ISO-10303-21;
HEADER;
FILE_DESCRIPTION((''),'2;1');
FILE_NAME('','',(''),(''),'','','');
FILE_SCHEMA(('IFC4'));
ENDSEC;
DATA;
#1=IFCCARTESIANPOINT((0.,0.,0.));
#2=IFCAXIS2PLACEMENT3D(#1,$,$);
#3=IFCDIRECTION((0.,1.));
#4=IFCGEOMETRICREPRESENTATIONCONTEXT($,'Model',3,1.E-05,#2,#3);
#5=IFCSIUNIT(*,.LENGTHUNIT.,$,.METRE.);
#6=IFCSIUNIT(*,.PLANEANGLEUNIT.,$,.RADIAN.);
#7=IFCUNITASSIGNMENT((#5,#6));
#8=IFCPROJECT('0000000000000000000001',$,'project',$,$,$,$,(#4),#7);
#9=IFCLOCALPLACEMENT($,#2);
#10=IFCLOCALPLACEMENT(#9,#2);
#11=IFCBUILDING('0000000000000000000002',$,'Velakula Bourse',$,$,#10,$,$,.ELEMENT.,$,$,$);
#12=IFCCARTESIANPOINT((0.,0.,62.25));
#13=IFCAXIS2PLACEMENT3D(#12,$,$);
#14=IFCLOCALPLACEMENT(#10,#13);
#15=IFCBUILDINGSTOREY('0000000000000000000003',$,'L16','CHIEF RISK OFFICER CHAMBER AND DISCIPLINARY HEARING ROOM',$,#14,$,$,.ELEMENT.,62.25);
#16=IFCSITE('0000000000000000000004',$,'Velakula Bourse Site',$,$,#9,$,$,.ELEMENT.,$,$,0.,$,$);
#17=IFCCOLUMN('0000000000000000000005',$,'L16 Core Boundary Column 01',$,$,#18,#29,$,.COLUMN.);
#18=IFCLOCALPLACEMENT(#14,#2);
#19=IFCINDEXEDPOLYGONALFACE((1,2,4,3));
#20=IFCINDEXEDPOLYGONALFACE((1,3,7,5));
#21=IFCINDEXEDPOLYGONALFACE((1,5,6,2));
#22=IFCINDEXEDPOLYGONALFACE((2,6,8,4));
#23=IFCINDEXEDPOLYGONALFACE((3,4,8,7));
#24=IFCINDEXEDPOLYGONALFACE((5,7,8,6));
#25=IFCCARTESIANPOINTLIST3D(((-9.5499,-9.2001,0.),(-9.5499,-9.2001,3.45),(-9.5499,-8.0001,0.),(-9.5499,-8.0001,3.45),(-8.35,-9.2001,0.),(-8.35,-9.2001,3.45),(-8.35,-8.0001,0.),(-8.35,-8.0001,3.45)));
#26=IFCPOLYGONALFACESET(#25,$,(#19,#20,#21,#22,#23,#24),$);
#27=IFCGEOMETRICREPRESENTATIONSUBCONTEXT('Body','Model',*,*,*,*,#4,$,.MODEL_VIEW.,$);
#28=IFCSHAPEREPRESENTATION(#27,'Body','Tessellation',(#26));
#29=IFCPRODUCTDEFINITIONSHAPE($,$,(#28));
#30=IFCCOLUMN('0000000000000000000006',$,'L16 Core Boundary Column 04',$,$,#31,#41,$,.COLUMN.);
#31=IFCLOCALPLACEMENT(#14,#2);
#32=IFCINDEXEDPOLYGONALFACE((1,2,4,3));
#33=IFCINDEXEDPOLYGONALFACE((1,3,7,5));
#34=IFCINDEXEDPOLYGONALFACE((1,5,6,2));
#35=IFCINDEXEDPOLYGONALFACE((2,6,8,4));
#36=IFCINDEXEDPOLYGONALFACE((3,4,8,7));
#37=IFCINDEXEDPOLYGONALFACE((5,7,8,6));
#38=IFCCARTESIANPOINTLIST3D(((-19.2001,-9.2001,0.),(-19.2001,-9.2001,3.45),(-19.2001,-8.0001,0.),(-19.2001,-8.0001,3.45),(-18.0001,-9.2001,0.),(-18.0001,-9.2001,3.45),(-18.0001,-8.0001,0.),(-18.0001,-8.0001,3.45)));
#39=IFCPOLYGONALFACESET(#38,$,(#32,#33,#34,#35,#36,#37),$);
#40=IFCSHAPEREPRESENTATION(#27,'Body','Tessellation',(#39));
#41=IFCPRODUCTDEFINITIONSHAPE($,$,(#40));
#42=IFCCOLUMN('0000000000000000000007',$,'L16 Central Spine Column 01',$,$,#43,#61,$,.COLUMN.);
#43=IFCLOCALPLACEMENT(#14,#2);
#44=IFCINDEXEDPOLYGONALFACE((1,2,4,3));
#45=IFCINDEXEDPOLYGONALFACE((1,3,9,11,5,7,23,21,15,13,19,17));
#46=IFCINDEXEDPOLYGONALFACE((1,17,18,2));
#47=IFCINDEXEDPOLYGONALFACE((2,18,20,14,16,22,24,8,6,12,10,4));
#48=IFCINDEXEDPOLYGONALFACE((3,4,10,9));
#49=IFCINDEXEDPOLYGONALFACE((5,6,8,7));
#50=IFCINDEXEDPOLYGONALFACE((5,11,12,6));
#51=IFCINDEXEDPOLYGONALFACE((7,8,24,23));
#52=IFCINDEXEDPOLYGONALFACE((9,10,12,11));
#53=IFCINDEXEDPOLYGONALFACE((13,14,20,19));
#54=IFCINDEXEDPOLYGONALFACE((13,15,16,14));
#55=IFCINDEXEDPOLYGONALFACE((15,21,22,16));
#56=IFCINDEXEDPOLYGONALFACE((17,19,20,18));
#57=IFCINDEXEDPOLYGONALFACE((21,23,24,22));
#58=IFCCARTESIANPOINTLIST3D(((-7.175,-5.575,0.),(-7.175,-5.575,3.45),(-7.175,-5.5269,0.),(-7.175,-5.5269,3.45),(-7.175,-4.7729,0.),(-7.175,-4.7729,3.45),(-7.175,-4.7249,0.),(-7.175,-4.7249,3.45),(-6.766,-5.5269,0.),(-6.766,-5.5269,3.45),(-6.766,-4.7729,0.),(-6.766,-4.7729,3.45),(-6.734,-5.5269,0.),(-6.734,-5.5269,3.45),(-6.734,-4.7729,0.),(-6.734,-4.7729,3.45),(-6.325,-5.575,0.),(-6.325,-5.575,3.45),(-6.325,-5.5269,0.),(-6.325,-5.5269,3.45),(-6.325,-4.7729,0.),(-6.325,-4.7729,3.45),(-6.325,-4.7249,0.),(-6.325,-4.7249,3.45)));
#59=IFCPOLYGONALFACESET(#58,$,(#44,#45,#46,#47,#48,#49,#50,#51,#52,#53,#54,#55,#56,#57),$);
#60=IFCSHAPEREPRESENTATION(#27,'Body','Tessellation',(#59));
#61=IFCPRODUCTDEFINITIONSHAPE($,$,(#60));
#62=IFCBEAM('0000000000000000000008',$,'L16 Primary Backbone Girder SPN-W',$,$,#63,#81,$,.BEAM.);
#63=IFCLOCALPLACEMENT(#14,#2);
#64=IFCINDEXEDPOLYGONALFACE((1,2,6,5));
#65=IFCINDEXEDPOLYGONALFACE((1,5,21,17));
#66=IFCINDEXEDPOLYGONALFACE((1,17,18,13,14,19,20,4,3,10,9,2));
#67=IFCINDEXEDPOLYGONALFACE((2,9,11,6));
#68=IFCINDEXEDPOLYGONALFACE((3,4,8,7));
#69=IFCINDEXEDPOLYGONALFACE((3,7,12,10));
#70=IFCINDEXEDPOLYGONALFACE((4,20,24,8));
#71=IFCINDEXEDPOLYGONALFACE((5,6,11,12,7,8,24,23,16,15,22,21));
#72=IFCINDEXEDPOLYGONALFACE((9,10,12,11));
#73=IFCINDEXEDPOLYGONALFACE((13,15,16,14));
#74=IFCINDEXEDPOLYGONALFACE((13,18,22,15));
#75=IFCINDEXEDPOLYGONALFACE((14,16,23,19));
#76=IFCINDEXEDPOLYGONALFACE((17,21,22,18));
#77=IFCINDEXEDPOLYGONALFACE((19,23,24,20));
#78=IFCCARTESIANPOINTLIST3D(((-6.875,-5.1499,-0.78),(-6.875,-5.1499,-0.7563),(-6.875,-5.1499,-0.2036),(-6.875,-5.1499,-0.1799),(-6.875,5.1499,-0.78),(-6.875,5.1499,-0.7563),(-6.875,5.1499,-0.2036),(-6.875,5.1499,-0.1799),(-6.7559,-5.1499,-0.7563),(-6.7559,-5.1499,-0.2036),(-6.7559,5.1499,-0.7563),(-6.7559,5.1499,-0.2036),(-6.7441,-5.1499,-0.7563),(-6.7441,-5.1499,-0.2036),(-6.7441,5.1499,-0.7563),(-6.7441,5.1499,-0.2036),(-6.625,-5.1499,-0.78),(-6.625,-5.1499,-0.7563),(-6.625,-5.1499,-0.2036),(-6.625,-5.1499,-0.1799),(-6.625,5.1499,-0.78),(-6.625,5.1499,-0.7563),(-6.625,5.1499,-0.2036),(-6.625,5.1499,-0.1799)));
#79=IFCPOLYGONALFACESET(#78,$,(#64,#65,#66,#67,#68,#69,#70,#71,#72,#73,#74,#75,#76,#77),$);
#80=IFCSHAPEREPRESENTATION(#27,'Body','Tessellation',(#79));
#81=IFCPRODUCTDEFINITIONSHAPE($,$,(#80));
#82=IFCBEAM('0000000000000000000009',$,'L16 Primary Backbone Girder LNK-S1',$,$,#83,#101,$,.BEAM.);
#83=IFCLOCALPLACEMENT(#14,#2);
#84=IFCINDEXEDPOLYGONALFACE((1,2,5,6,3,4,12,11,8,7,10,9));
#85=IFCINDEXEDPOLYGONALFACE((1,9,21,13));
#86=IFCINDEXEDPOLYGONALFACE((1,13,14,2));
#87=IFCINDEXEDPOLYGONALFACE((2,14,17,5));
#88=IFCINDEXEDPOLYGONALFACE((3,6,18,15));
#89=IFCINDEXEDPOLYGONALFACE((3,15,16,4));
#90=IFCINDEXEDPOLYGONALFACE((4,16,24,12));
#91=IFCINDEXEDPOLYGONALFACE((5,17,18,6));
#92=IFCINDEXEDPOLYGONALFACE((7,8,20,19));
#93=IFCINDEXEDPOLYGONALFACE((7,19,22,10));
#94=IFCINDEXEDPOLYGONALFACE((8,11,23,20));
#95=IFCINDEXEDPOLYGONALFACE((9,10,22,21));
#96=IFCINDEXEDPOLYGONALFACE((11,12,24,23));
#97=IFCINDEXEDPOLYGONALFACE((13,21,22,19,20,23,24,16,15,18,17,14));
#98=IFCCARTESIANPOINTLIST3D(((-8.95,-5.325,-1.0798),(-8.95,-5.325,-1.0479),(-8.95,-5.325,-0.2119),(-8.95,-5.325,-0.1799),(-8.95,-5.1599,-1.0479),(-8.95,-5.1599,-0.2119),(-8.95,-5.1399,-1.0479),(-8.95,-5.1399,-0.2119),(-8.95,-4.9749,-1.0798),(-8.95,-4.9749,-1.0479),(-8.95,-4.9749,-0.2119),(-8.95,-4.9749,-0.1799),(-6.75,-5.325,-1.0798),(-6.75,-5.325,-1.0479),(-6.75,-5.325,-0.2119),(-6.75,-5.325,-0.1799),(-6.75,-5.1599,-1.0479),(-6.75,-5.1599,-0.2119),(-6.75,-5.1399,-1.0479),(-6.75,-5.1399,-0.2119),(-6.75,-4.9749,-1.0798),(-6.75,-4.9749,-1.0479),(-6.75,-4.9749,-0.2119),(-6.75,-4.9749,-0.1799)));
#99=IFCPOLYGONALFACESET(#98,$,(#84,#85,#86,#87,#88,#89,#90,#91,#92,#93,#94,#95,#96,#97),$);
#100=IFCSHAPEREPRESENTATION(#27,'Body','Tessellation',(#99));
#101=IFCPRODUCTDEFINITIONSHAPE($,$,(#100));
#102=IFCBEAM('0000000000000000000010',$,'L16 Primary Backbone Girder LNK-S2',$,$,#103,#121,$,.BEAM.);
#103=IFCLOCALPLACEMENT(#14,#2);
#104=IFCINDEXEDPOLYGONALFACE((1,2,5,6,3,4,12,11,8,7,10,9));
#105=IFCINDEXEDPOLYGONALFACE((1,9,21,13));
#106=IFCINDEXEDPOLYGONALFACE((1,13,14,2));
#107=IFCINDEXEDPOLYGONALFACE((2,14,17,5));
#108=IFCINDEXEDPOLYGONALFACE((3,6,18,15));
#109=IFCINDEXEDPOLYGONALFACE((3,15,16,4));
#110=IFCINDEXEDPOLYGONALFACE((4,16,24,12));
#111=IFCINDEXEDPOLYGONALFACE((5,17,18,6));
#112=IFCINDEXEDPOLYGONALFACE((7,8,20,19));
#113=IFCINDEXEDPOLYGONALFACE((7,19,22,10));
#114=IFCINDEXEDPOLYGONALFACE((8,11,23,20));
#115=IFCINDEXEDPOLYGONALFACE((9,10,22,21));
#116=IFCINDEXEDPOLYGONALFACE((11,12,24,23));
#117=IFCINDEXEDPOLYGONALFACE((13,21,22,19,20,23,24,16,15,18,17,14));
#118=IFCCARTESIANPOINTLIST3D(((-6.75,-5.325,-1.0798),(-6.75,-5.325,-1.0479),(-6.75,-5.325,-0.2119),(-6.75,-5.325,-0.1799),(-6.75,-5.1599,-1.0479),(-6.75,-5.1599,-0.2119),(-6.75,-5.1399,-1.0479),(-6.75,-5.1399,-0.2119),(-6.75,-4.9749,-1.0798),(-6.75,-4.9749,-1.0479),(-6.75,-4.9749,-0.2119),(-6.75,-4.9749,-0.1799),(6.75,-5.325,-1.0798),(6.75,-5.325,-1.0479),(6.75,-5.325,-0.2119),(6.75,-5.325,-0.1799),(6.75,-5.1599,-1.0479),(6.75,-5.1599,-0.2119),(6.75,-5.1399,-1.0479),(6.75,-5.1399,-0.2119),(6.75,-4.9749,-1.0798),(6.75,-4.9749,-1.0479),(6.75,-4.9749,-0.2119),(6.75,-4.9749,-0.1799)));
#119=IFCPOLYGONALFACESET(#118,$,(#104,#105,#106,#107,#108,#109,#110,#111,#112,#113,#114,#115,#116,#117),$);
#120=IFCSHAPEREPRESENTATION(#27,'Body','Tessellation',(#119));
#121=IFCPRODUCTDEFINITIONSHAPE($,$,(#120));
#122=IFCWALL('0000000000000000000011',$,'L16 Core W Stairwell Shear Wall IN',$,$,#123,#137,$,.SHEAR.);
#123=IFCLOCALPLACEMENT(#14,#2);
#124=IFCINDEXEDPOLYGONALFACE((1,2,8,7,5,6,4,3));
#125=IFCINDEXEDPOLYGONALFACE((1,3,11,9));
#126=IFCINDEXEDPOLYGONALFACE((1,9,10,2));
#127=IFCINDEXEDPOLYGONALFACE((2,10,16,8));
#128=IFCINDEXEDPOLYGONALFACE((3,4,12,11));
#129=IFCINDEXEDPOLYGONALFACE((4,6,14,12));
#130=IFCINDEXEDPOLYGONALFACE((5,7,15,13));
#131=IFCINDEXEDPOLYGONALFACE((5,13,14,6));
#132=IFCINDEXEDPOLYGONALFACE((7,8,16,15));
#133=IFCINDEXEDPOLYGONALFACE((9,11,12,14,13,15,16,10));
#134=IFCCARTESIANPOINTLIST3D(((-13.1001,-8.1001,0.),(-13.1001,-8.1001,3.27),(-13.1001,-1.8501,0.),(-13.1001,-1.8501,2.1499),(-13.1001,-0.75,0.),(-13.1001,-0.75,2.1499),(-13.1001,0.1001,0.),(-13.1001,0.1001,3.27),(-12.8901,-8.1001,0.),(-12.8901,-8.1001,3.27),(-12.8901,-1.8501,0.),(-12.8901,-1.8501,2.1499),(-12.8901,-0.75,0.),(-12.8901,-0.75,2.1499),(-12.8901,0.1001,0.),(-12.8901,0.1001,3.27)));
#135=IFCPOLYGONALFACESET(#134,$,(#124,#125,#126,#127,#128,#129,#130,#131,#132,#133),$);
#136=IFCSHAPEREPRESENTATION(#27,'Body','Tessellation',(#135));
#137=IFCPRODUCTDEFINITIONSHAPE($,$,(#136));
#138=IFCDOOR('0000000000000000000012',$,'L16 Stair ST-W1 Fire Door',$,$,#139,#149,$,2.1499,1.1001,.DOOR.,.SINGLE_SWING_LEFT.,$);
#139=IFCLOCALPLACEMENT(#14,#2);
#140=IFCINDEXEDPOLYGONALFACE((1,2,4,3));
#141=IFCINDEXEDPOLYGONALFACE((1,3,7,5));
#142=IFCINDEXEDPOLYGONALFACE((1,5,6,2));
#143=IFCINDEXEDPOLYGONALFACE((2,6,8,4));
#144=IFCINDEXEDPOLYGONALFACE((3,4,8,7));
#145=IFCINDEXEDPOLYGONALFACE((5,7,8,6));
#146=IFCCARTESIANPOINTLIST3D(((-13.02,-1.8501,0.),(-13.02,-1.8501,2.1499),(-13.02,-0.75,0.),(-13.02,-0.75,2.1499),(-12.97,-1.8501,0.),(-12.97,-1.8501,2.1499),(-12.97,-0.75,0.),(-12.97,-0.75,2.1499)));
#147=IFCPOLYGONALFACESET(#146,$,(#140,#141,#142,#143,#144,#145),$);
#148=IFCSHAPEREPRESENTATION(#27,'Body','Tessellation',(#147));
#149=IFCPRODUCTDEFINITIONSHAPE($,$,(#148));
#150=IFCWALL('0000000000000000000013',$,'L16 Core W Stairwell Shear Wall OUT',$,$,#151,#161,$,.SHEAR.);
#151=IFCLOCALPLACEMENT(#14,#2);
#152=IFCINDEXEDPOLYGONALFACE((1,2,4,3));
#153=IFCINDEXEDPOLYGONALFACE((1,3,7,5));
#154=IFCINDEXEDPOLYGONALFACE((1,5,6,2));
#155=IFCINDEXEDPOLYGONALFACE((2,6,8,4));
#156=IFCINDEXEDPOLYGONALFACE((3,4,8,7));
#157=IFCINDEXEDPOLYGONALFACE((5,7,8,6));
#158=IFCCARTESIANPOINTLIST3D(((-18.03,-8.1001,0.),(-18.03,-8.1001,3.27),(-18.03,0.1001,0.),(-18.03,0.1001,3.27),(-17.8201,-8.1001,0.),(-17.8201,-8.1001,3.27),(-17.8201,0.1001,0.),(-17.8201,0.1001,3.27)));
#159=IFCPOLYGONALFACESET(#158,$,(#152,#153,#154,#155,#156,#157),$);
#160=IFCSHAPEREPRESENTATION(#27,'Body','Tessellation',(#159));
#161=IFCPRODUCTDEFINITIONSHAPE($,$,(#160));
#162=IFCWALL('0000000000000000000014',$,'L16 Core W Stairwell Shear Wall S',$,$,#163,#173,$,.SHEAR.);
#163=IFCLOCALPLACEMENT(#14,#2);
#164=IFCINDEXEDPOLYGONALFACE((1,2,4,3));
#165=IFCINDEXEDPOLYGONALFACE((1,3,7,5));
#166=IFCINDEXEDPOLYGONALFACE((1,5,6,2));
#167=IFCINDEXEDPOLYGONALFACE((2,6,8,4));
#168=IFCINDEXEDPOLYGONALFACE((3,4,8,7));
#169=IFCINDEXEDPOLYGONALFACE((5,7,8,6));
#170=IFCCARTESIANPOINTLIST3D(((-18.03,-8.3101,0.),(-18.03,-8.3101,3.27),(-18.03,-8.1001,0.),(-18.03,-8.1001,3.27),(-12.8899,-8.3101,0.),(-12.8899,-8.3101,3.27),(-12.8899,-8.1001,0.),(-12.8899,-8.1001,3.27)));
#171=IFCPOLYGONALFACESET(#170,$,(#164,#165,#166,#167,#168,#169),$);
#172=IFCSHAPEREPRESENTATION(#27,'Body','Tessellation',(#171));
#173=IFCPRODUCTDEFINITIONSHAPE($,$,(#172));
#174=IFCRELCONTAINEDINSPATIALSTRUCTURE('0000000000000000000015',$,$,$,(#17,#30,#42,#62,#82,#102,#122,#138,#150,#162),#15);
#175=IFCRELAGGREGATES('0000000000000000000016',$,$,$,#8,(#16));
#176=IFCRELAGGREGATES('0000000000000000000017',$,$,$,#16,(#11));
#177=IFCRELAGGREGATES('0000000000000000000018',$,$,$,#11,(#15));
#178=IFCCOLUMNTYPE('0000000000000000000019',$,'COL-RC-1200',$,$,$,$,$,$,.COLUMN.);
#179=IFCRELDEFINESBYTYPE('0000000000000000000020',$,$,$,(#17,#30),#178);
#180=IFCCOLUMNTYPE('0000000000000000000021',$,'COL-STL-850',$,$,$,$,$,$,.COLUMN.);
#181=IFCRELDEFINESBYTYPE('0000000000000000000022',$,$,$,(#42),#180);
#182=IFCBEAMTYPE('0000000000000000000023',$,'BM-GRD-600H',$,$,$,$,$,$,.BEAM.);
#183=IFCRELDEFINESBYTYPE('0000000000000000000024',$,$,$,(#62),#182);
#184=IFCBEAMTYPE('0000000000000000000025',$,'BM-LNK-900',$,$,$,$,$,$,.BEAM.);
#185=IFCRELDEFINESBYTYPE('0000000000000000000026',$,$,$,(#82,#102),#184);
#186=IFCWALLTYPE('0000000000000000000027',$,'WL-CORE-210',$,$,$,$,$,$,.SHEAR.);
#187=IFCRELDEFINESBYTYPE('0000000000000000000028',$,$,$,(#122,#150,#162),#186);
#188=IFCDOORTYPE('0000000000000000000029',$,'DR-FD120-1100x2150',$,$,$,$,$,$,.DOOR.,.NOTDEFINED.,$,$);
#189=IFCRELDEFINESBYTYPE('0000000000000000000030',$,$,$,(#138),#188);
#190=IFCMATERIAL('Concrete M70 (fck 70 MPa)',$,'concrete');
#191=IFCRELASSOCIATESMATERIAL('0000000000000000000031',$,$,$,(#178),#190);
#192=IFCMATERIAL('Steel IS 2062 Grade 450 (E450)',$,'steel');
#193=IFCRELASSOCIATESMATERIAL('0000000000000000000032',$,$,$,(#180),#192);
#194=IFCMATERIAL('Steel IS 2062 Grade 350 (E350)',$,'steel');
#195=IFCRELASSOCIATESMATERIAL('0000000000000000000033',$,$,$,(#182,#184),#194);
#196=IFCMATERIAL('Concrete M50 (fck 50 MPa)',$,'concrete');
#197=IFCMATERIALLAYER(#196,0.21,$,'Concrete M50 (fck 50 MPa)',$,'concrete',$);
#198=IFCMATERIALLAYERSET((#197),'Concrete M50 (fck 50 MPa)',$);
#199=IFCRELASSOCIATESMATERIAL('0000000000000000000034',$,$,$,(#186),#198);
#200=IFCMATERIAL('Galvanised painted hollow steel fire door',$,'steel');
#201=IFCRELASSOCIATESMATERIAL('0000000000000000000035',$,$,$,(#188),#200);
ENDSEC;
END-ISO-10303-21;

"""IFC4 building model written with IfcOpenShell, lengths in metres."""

from ifc_helpers import new_model, si_unit, direction, frame, frame_2d, origin, origin_2d, place, context, subcontext, project, spatial, rectangle, i_section, extrude, material, layer, layer_set, material_profile, profile_set, type_object, element, fill, save


model = new_model("IFC4")

# Units and contexts
model_context = context("Model", 3, precision=1e-05, world=origin(), true_north=direction((0.0, 1.0)))
body_context = subcontext(model_context, "Body", "Model", "MODEL_VIEW")
ifc_project = project(units=[si_unit("LENGTHUNIT", "METRE"), si_unit("PLANEANGLEUNIT", "RADIAN")], contexts=[model_context])

# Site, building, storey
site_placement = place(None, origin())
site = spatial("IfcSite", under=ifc_project, at=site_placement, Name="Velakula Bourse Site", CompositionType="ELEMENT", RefElevation=0.0)
building_placement = place(site_placement, origin())
building = spatial("IfcBuilding", under=site, at=building_placement, Name="Velakula Bourse", CompositionType="ELEMENT")
storey_placement = place(building_placement, frame((0.0, 0.0, 62.25)))
storey = spatial("IfcBuildingStorey", under=building, at=storey_placement, Name="L16", Description="CHIEF RISK OFFICER CHAMBER AND DISCIPLINARY HEARING ROOM", CompositionType="ELEMENT", Elevation=62.25)

# Columns
ifc_material_1 = material(Name="Concrete M70 (fck 70 MPa)", Category="concrete")
ifc_material_profile_1 = material_profile(ifc_material_1, rectangle(XDim=1.2, YDim=1.2, at=origin_2d()), Name="Concrete M70 (fck 70 MPa)")
ifc_profile_set_1 = profile_set([ifc_material_profile_1], Name="Concrete M70 (fck 70 MPa)")
column_type_1 = type_object("IfcColumnType", Name="COL-RC-1200", PredefinedType="COLUMN", material=ifc_profile_set_1)
for number, where, z_axis, x_axis, name in (
    (1, (-8.95, -8.6001, 0.0), (0.0, 0.0, 1.0), (1.0, 0.0, 0.0), "L16 Core Boundary Column 01"),
    (2, (-18.6001, -8.6001, 0.0), (0.0, 0.0, 1.0), (1.0, 0.0, 0.0), "L16 Core Boundary Column 04"),
):
    element("IfcColumn", number, at=place(storey_placement, frame(where, z_axis=z_axis, x_axis=x_axis)), inside=storey, type_object=column_type_1, Name=name, PredefinedType="COLUMN", context=body_context, shape_type="SweptSolid", body=[
        extrude(rectangle(XDim=1.2, YDim=1.2, at=origin_2d()), origin(), (0.0, 0.0, 1.0), 3.45),
    ])
ifc_material_2 = material(Name="Steel IS 2062 Grade 450 (E450)", Category="steel")
ifc_material_profile_2 = material_profile(ifc_material_2, i_section(OverallWidth=0.8501, OverallDepth=0.8501, WebThickness=0.032, FlangeThickness=0.0481, at=origin_2d()), Name="Steel IS 2062 Grade 450 (E450)")
ifc_profile_set_2 = profile_set([ifc_material_profile_2], Name="Steel IS 2062 Grade 450 (E450)")
column_type_2 = type_object("IfcColumnType", Name="COL-STL-850", PredefinedType="COLUMN", material=ifc_profile_set_2)
column_placement = place(storey_placement, frame((-6.75, -5.1499, 0.0), z_axis=(0.0, 0.0, 1.0), x_axis=(1.0, 0.0, 0.0)))
element("IfcColumn", 3, at=column_placement, inside=storey, type_object=column_type_2, Name="L16 Central Spine Column 01", PredefinedType="COLUMN", context=body_context, shape_type="SweptSolid", body=[
    extrude(i_section(OverallWidth=0.8501, OverallDepth=0.8501, WebThickness=0.032, FlangeThickness=0.0481, at=origin_2d()), origin(), (0.0, 0.0, 1.0), 3.45),
])

# Beams
ifc_material_3 = material(Name="Steel IS 2062 Grade 350 (E350)", Category="steel")
ifc_material_profile_3 = material_profile(ifc_material_3, i_section(OverallWidth=0.25, OverallDepth=0.6001, WebThickness=0.0117, FlangeThickness=0.0237, at=origin_2d()), Name="Steel IS 2062 Grade 350 (E350)")
ifc_profile_set_3 = profile_set([ifc_material_profile_3], Name="Steel IS 2062 Grade 350 (E350)")
beam_type_1 = type_object("IfcBeamType", Name="BM-GRD-600H", PredefinedType="BEAM", material=ifc_profile_set_3)
beam_1_placement = place(storey_placement, frame((-6.75, -5.1499, -0.48), z_axis=(0.0, 1.0, 0.0), x_axis=(-1.0, 0.0, 0.0)))
element("IfcBeam", 4, at=beam_1_placement, inside=storey, type_object=beam_type_1, Name="L16 Primary Backbone Girder SPN-W", PredefinedType="BEAM", context=body_context, shape_type="SweptSolid", body=[
    extrude(i_section(OverallWidth=0.25, OverallDepth=0.6001, WebThickness=0.0117, FlangeThickness=0.0237, at=origin_2d()), origin(), (0.0, 0.0, 1.0), 10.2998),
])
ifc_material_profile_4 = material_profile(ifc_material_3, i_section(OverallWidth=0.3501, OverallDepth=0.8999, WebThickness=0.02, FlangeThickness=0.032, at=origin_2d()), Name="Steel IS 2062 Grade 350 (E350)")
ifc_profile_set_4 = profile_set([ifc_material_profile_4], Name="Steel IS 2062 Grade 350 (E350)")
beam_type_2 = type_object("IfcBeamType", Name="BM-LNK-900", PredefinedType="BEAM", material=ifc_profile_set_4)
beam_2_placement = place(storey_placement, frame((-8.95, -5.1499, -0.6299), z_axis=(1.0, 0.0, 0.0), x_axis=(0.0, 1.0, 0.0)))
element("IfcBeam", 5, at=beam_2_placement, inside=storey, type_object=beam_type_2, Name="L16 Primary Backbone Girder LNK-S1", PredefinedType="BEAM", context=body_context, shape_type="SweptSolid", body=[
    extrude(i_section(OverallWidth=0.3501, OverallDepth=0.8999, WebThickness=0.02, FlangeThickness=0.032, at=origin_2d()), origin(), (0.0, 0.0, 1.0), 2.2),
])
beam_3_placement = place(storey_placement, frame((-6.75, -5.1499, -0.6299), z_axis=(1.0, 0.0, 0.0), x_axis=(0.0, 1.0, 0.0)))
element("IfcBeam", 6, at=beam_3_placement, inside=storey, type_object=beam_type_2, Name="L16 Primary Backbone Girder LNK-S2", PredefinedType="BEAM", context=body_context, shape_type="SweptSolid", body=[
    extrude(i_section(OverallWidth=0.3501, OverallDepth=0.8999, WebThickness=0.02, FlangeThickness=0.032, at=origin_2d()), origin(), (0.0, 0.0, 1.0), 13.5),
])

# Wall, opening, door
ifc_material_4 = material(Name="Concrete M50 (fck 50 MPa)", Category="concrete")
ifc_layer_1 = layer(ifc_material_4, 0.21, Name="Concrete M50 (fck 50 MPa)", Category="concrete")
ifc_layer_set_1 = layer_set([ifc_layer_1], Name="Concrete M50 (fck 50 MPa)")
wall_type_1 = type_object("IfcWallType", Name="WL-CORE-210", PredefinedType="SHEAR", material=ifc_layer_set_1)
wall_1_placement = place(storey_placement, frame((-12.9951, -8.1001, 0.0), z_axis=(0.0, 0.0, 1.0), x_axis=(0.0, 1.0, 0.0)))
wall_1 = element("IfcWall", 7, at=wall_1_placement, inside=storey, type_object=wall_type_1, Name="L16 Core W Stairwell Shear Wall IN", PredefinedType="SHEAR", context=body_context, shape_type="SweptSolid", body=[
    extrude(rectangle(XDim=8.2002, YDim=0.21, at=frame_2d((4.1001, 0.0))), origin(), (0.0, 0.0, 1.0), 3.27),
])
opening_1_placement = place(wall_1_placement, frame((6.25, 0.0, 0.0)))
opening_1 = element("IfcOpeningElement", 8, at=opening_1_placement, cuts=wall_1, PredefinedType="OPENING", context=body_context, shape_type="SweptSolid", body=[
    extrude(rectangle(XDim=1.1001, YDim=2.1499, at=frame_2d((0.55, 1.075))), frame((0.0, 0.115, 0.0), z_axis=(0.0, -1.0, 0.0), x_axis=(1.0, 0.0, 0.0)), (0.0, 0.0, 1.0), 0.23),
])
ifc_material_5 = material(Name="Galvanised painted hollow steel fire door", Category="steel")
door_type_1 = type_object("IfcDoorType", Name="DR-FD120-1100x2150", OperationType="NOTDEFINED", PredefinedType="DOOR", material=ifc_material_5)
door_1_placement = place(opening_1_placement, origin())
door_1 = element("IfcDoor", 9, at=door_1_placement, inside=storey, type_object=door_type_1, Name="L16 Stair ST-W1 Fire Door", OperationType="SINGLE_SWING_LEFT", OverallHeight=2.1499, OverallWidth=1.1001, PredefinedType="DOOR", context=body_context, shape_type="SweptSolid", body=[
    extrude(rectangle(XDim=1.1001, YDim=2.1499, at=frame_2d((0.55, 1.075))), frame((0.0, 0.0249, 0.0), z_axis=(0.0, -1.0, 0.0), x_axis=(1.0, 0.0, 0.0)), (0.0, 0.0, 1.0), 0.05),
])
fill(opening_1, door_1)

# Walls
wall_2_placement = place(storey_placement, frame((-17.925, -8.1001, 0.0), z_axis=(0.0, 0.0, 1.0), x_axis=(0.0, 1.0, 0.0)))
element("IfcWall", 10, at=wall_2_placement, inside=storey, type_object=wall_type_1, Name="L16 Core W Stairwell Shear Wall OUT", PredefinedType="SHEAR", context=body_context, shape_type="SweptSolid", body=[
    extrude(rectangle(XDim=8.2002, YDim=0.21, at=frame_2d((4.1001, 0.0))), origin(), (0.0, 0.0, 1.0), 3.27),
])
wall_3_placement = place(storey_placement, frame((-18.03, -8.2051, 0.0), z_axis=(0.0, 0.0, 1.0), x_axis=(1.0, 0.0, 0.0)))
element("IfcWall", 11, at=wall_3_placement, inside=storey, type_object=wall_type_1, Name="L16 Core W Stairwell Shear Wall S", PredefinedType="SHEAR", context=body_context, shape_type="SweptSolid", body=[
    extrude(rectangle(XDim=5.1401, YDim=0.21, at=frame_2d((2.5701, 0.0))), origin(), (0.0, 0.0, 1.0), 3.27),
])

save(model, "model.ifc")
